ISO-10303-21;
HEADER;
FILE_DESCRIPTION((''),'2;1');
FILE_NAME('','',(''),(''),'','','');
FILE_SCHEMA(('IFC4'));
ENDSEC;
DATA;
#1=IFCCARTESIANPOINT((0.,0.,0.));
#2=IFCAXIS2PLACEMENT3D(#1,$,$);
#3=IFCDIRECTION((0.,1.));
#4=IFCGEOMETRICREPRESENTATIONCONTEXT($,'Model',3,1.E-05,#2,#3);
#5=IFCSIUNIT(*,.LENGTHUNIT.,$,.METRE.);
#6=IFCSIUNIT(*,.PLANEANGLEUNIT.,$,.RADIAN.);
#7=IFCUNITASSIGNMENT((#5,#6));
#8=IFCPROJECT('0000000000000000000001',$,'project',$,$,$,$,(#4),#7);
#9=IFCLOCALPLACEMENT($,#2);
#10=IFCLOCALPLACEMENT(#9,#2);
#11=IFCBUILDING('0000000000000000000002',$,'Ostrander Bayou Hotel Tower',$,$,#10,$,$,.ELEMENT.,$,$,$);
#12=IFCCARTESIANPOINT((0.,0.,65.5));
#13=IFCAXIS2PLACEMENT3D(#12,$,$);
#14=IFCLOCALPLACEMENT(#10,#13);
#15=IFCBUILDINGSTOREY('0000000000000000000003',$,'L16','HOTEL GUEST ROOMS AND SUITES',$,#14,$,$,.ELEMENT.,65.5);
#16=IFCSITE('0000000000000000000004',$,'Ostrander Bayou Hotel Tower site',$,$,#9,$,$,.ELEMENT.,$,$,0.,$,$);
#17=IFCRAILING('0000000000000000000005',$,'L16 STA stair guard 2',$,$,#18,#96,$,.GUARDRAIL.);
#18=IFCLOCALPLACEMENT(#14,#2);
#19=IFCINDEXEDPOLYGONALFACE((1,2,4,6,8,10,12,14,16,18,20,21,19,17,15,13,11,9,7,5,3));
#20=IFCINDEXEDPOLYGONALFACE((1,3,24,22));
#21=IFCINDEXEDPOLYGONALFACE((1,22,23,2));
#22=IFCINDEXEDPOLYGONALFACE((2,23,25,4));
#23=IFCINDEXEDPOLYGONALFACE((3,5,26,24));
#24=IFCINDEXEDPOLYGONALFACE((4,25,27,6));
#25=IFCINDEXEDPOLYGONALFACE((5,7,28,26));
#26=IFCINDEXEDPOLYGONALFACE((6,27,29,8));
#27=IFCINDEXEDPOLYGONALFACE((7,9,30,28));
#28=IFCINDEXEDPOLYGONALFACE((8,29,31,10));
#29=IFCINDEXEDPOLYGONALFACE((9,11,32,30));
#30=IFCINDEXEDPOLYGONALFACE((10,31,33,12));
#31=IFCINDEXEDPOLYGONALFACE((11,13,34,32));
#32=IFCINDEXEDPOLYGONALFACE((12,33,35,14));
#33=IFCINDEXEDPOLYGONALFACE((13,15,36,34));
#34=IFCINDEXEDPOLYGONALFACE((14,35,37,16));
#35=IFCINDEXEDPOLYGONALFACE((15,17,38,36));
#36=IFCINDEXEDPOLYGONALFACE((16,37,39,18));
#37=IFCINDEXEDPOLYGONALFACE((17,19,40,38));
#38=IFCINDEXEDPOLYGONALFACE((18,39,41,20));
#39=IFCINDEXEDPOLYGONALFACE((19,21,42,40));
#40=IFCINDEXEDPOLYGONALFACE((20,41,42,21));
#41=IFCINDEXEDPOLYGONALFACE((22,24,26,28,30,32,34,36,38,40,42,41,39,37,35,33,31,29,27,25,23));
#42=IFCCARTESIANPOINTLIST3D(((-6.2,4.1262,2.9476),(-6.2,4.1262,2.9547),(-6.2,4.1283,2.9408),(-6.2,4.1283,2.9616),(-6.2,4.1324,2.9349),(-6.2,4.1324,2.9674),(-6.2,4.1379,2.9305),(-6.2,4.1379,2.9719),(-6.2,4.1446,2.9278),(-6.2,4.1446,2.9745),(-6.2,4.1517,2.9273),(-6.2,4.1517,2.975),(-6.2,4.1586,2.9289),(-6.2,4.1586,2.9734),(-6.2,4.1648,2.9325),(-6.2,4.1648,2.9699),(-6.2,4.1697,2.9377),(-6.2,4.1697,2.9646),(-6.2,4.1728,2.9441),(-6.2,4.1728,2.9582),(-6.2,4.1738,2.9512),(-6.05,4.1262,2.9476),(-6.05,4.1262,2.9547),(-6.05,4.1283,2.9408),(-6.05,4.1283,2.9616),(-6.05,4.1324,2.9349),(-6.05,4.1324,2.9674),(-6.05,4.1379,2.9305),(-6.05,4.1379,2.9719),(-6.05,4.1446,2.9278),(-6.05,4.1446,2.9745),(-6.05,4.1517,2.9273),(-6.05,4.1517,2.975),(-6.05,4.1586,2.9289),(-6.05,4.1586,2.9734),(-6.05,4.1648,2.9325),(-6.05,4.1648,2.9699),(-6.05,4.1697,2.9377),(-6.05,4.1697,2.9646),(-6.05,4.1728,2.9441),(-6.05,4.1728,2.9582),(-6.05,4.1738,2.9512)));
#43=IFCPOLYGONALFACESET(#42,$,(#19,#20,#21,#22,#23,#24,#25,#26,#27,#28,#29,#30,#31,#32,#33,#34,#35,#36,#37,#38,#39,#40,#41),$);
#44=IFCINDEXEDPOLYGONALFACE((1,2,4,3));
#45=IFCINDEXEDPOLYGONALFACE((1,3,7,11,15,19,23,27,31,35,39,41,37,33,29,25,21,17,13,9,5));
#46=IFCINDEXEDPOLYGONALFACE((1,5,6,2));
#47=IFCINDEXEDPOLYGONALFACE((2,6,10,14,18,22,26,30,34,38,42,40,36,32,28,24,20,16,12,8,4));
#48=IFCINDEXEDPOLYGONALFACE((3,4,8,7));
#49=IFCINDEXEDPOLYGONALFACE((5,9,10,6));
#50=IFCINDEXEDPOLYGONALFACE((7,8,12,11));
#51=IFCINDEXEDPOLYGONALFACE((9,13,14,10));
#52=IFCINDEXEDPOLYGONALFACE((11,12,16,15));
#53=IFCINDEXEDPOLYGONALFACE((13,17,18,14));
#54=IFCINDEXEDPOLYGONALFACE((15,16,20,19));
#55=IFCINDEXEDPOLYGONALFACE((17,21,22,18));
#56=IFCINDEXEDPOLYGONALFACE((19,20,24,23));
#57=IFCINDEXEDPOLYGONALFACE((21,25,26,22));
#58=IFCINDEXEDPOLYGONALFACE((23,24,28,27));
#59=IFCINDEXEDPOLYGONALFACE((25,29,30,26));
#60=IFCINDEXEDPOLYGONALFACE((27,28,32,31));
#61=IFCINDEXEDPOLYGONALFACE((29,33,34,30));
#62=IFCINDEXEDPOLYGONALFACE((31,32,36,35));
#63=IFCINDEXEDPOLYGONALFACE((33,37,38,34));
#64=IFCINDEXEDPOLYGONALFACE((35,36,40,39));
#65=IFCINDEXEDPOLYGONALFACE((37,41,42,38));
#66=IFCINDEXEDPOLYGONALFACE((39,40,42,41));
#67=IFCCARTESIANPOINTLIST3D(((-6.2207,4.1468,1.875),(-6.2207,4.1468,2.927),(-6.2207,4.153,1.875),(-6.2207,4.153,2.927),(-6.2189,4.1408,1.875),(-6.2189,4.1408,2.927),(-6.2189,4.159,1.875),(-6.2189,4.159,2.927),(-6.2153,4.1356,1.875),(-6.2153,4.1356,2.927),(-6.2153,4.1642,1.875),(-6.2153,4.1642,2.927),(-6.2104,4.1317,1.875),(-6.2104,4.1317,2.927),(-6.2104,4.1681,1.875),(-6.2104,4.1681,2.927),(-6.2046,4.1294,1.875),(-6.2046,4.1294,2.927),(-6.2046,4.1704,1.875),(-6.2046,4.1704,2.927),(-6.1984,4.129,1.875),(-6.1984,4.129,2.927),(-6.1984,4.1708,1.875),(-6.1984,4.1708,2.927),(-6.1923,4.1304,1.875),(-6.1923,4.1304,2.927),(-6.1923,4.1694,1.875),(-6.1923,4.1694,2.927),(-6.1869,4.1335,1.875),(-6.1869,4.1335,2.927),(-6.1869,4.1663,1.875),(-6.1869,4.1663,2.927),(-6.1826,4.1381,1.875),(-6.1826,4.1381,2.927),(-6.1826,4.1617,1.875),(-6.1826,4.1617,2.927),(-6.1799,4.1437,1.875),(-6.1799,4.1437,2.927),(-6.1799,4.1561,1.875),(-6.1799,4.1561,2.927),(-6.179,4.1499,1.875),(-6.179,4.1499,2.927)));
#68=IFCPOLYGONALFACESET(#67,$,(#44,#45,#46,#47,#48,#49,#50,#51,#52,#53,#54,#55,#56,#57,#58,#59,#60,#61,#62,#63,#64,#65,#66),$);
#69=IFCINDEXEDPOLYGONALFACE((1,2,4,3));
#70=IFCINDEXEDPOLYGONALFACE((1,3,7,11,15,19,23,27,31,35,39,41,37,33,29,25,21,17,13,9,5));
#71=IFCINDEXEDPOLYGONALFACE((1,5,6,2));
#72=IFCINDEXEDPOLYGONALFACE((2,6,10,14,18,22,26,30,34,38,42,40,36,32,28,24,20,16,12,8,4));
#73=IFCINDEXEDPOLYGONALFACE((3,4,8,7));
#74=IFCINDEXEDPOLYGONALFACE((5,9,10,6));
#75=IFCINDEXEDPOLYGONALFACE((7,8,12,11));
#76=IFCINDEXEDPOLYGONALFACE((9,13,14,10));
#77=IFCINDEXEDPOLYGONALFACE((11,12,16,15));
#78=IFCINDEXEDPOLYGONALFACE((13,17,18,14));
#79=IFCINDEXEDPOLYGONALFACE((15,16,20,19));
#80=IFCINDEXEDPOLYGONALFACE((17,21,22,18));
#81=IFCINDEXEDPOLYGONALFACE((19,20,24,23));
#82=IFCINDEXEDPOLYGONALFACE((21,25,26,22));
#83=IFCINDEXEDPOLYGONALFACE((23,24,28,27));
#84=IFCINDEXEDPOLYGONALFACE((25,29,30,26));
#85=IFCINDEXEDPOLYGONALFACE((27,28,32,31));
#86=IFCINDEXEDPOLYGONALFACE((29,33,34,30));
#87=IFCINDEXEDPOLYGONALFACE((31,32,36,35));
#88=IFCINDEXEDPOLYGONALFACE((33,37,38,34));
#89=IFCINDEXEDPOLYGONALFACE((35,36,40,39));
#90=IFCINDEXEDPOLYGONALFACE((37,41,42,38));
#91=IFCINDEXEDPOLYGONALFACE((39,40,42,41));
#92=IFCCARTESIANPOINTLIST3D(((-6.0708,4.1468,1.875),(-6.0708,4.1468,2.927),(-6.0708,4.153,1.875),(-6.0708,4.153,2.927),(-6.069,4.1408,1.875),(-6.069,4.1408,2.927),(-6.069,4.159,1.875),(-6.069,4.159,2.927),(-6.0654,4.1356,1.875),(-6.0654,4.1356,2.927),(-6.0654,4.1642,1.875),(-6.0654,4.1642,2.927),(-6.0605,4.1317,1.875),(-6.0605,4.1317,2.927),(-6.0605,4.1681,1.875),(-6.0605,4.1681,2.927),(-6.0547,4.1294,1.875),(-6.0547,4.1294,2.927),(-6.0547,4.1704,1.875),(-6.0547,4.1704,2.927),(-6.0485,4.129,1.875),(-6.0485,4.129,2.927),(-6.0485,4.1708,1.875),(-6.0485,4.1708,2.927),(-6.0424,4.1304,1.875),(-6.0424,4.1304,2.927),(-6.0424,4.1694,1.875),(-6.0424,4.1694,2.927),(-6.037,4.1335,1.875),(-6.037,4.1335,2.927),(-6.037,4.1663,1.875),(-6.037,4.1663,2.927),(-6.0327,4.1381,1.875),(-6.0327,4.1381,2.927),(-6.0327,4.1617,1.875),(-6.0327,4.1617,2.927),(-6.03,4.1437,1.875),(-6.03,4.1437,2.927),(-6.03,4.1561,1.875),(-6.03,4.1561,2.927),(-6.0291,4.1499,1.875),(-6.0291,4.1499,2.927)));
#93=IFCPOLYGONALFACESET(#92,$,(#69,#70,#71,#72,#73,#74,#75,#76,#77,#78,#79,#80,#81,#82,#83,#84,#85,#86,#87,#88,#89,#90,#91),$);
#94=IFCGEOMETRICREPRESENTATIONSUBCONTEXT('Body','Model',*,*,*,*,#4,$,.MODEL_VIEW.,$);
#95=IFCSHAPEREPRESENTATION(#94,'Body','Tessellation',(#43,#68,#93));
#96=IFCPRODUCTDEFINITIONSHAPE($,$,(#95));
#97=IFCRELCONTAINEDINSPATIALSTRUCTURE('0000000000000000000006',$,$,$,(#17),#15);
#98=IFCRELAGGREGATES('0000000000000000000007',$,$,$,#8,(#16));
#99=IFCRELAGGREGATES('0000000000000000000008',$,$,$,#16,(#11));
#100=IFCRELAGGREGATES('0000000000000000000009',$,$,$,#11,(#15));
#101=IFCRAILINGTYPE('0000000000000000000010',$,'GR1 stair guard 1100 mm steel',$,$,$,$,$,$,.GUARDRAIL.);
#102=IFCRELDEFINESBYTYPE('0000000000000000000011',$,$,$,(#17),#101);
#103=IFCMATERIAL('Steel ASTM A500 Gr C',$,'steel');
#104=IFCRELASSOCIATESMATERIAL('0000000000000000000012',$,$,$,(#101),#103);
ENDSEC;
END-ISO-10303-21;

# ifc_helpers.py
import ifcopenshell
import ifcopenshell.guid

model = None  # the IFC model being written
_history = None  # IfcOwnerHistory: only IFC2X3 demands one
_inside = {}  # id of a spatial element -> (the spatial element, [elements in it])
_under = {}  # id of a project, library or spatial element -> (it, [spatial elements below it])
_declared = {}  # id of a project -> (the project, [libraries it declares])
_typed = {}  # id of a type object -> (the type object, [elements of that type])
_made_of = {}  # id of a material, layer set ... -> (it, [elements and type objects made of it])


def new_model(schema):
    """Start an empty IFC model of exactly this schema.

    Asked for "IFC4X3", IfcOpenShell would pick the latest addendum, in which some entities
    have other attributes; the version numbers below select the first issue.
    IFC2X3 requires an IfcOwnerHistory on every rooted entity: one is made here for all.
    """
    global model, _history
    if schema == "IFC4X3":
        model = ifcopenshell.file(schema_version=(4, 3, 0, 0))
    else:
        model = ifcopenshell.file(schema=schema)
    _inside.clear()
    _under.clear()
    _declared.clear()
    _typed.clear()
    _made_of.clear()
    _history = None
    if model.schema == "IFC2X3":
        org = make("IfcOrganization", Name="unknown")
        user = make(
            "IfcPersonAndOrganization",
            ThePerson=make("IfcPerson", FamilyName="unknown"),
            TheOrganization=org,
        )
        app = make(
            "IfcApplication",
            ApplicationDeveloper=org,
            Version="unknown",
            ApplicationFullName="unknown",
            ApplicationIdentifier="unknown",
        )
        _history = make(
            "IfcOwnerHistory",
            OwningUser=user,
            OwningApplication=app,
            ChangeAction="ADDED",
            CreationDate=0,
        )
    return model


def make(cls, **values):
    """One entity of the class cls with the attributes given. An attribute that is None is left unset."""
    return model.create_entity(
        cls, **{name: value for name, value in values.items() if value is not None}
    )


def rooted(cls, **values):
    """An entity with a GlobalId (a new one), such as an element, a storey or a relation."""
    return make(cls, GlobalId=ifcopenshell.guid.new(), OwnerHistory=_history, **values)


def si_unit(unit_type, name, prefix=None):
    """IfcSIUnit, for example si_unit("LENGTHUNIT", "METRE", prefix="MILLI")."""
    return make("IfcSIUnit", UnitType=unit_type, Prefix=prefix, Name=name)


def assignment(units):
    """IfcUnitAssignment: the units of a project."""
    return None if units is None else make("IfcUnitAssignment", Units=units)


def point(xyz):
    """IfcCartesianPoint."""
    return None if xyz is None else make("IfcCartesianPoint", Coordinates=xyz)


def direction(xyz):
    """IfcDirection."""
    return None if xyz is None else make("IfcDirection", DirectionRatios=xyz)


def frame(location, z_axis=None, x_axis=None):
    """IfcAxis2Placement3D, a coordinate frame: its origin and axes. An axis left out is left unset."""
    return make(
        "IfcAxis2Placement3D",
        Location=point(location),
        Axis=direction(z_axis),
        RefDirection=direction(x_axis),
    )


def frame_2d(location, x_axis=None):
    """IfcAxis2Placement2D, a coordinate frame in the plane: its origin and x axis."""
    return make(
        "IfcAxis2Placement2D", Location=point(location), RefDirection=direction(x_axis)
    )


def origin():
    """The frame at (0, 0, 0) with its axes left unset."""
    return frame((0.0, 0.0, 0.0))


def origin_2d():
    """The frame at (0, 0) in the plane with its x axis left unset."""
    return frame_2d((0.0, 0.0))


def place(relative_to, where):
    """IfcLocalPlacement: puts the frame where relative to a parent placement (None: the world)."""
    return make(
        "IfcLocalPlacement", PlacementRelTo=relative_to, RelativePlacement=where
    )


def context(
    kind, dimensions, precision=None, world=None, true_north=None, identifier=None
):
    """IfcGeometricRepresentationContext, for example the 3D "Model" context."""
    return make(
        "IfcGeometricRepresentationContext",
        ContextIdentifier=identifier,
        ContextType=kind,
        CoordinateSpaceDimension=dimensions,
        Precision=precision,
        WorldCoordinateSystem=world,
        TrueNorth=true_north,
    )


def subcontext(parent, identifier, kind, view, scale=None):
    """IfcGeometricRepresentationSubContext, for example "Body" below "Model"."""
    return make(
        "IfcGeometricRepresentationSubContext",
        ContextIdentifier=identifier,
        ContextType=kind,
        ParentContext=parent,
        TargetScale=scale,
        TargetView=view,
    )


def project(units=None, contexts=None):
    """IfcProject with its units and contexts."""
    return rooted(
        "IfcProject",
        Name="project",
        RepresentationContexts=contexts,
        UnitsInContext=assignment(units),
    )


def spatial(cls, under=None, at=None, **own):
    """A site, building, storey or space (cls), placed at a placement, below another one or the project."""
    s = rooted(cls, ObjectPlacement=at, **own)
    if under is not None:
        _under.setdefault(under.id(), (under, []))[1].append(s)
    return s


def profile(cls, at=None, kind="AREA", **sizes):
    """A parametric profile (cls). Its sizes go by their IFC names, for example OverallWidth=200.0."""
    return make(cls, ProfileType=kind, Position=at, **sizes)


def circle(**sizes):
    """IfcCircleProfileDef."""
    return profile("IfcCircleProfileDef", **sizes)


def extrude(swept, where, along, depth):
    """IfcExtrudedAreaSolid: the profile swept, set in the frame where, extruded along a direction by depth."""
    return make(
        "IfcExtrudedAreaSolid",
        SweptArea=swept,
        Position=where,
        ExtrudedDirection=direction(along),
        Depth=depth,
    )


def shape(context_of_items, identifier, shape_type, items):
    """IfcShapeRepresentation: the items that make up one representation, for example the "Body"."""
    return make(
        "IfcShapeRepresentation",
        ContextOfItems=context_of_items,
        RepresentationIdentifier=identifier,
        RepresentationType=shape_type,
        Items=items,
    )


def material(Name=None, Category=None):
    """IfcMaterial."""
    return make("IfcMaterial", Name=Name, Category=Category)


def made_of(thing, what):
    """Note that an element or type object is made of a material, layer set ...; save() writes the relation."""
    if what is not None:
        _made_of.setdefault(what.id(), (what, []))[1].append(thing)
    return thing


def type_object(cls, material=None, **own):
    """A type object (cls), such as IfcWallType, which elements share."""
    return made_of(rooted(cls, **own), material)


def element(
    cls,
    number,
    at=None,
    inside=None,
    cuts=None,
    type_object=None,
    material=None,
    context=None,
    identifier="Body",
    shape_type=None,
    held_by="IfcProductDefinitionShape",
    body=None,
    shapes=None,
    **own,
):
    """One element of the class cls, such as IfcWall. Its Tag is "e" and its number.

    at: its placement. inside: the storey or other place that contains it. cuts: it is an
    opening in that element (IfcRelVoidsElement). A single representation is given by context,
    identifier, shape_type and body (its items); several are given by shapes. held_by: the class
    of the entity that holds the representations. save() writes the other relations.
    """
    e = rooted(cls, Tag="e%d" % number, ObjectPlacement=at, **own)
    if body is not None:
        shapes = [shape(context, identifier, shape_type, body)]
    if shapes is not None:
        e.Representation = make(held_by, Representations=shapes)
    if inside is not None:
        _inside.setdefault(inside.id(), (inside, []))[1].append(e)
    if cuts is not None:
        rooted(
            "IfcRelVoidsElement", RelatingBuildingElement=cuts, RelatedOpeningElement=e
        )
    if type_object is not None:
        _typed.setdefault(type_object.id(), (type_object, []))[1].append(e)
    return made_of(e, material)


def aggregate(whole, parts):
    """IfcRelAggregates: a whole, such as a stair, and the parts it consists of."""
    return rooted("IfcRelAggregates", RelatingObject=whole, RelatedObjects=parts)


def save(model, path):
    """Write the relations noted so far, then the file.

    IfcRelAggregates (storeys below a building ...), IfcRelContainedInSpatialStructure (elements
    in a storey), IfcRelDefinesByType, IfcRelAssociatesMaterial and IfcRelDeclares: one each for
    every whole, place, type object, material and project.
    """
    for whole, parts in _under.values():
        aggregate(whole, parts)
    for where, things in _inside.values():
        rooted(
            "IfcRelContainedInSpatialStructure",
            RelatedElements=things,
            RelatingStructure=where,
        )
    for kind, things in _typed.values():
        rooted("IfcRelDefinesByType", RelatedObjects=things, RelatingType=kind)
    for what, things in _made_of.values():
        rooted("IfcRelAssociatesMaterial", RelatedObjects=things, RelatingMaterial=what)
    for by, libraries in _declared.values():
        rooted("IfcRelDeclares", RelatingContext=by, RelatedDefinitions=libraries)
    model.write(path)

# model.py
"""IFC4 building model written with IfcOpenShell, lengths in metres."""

from ifc_helpers import new_model, si_unit, direction, frame, origin, origin_2d, place, context, subcontext, project, spatial, circle, extrude, material, type_object, element, save


model = new_model("IFC4")

# Units and contexts
model_context = context("Model", 3, precision=1e-05, world=origin(), true_north=direction((0.0, 1.0)))
body_context = subcontext(model_context, "Body", "Model", "MODEL_VIEW")
ifc_project = project(units=[si_unit("LENGTHUNIT", "METRE"), si_unit("PLANEANGLEUNIT", "RADIAN")], contexts=[model_context])

# Site, building, storey
site_placement = place(None, origin())
site = spatial("IfcSite", under=ifc_project, at=site_placement, Name="Ostrander Bayou Hotel Tower site", CompositionType="ELEMENT", RefElevation=0.0)
building_placement = place(site_placement, origin())
building = spatial("IfcBuilding", under=site, at=building_placement, Name="Ostrander Bayou Hotel Tower", CompositionType="ELEMENT")
storey_placement = place(building_placement, frame((0.0, 0.0, 65.5)))
storey = spatial("IfcBuildingStorey", under=building, at=storey_placement, Name="L16", Description="HOTEL GUEST ROOMS AND SUITES", CompositionType="ELEMENT", Elevation=65.5)

# Railing
ifc_material_1 = material(Name="Steel ASTM A500 Gr C", Category="steel")
railing_type_1 = type_object("IfcRailingType", Name="GR1 stair guard 1100 mm steel", PredefinedType="GUARDRAIL", material=ifc_material_1)
railing_1_placement = place(storey_placement, frame((-6.2, 4.1499, 1.875)))
element("IfcRailing", 1, at=railing_1_placement, inside=storey, type_object=railing_type_1, Name="L16 STA stair guard 2", PredefinedType="GUARDRAIL", context=body_context, shape_type="SweptSolid", body=[
    extrude(circle(Radius=0.0239, at=origin_2d()), frame((0.0, 0.0, 1.0762), z_axis=(1.0, 0.0, 0.0), x_axis=(0.0, 1.0, 0.0)), (0.0, 0.0, 1.0), 0.1499),
    extrude(circle(Radius=0.021, at=origin_2d()), origin(), (0.0, 0.0, 1.0), 1.052),
    extrude(circle(Radius=0.021, at=origin_2d()), frame((0.1499, 0.0, 0.0)), (0.0, 0.0, 1.0), 1.052),
])

save(model, "model.ifc")
